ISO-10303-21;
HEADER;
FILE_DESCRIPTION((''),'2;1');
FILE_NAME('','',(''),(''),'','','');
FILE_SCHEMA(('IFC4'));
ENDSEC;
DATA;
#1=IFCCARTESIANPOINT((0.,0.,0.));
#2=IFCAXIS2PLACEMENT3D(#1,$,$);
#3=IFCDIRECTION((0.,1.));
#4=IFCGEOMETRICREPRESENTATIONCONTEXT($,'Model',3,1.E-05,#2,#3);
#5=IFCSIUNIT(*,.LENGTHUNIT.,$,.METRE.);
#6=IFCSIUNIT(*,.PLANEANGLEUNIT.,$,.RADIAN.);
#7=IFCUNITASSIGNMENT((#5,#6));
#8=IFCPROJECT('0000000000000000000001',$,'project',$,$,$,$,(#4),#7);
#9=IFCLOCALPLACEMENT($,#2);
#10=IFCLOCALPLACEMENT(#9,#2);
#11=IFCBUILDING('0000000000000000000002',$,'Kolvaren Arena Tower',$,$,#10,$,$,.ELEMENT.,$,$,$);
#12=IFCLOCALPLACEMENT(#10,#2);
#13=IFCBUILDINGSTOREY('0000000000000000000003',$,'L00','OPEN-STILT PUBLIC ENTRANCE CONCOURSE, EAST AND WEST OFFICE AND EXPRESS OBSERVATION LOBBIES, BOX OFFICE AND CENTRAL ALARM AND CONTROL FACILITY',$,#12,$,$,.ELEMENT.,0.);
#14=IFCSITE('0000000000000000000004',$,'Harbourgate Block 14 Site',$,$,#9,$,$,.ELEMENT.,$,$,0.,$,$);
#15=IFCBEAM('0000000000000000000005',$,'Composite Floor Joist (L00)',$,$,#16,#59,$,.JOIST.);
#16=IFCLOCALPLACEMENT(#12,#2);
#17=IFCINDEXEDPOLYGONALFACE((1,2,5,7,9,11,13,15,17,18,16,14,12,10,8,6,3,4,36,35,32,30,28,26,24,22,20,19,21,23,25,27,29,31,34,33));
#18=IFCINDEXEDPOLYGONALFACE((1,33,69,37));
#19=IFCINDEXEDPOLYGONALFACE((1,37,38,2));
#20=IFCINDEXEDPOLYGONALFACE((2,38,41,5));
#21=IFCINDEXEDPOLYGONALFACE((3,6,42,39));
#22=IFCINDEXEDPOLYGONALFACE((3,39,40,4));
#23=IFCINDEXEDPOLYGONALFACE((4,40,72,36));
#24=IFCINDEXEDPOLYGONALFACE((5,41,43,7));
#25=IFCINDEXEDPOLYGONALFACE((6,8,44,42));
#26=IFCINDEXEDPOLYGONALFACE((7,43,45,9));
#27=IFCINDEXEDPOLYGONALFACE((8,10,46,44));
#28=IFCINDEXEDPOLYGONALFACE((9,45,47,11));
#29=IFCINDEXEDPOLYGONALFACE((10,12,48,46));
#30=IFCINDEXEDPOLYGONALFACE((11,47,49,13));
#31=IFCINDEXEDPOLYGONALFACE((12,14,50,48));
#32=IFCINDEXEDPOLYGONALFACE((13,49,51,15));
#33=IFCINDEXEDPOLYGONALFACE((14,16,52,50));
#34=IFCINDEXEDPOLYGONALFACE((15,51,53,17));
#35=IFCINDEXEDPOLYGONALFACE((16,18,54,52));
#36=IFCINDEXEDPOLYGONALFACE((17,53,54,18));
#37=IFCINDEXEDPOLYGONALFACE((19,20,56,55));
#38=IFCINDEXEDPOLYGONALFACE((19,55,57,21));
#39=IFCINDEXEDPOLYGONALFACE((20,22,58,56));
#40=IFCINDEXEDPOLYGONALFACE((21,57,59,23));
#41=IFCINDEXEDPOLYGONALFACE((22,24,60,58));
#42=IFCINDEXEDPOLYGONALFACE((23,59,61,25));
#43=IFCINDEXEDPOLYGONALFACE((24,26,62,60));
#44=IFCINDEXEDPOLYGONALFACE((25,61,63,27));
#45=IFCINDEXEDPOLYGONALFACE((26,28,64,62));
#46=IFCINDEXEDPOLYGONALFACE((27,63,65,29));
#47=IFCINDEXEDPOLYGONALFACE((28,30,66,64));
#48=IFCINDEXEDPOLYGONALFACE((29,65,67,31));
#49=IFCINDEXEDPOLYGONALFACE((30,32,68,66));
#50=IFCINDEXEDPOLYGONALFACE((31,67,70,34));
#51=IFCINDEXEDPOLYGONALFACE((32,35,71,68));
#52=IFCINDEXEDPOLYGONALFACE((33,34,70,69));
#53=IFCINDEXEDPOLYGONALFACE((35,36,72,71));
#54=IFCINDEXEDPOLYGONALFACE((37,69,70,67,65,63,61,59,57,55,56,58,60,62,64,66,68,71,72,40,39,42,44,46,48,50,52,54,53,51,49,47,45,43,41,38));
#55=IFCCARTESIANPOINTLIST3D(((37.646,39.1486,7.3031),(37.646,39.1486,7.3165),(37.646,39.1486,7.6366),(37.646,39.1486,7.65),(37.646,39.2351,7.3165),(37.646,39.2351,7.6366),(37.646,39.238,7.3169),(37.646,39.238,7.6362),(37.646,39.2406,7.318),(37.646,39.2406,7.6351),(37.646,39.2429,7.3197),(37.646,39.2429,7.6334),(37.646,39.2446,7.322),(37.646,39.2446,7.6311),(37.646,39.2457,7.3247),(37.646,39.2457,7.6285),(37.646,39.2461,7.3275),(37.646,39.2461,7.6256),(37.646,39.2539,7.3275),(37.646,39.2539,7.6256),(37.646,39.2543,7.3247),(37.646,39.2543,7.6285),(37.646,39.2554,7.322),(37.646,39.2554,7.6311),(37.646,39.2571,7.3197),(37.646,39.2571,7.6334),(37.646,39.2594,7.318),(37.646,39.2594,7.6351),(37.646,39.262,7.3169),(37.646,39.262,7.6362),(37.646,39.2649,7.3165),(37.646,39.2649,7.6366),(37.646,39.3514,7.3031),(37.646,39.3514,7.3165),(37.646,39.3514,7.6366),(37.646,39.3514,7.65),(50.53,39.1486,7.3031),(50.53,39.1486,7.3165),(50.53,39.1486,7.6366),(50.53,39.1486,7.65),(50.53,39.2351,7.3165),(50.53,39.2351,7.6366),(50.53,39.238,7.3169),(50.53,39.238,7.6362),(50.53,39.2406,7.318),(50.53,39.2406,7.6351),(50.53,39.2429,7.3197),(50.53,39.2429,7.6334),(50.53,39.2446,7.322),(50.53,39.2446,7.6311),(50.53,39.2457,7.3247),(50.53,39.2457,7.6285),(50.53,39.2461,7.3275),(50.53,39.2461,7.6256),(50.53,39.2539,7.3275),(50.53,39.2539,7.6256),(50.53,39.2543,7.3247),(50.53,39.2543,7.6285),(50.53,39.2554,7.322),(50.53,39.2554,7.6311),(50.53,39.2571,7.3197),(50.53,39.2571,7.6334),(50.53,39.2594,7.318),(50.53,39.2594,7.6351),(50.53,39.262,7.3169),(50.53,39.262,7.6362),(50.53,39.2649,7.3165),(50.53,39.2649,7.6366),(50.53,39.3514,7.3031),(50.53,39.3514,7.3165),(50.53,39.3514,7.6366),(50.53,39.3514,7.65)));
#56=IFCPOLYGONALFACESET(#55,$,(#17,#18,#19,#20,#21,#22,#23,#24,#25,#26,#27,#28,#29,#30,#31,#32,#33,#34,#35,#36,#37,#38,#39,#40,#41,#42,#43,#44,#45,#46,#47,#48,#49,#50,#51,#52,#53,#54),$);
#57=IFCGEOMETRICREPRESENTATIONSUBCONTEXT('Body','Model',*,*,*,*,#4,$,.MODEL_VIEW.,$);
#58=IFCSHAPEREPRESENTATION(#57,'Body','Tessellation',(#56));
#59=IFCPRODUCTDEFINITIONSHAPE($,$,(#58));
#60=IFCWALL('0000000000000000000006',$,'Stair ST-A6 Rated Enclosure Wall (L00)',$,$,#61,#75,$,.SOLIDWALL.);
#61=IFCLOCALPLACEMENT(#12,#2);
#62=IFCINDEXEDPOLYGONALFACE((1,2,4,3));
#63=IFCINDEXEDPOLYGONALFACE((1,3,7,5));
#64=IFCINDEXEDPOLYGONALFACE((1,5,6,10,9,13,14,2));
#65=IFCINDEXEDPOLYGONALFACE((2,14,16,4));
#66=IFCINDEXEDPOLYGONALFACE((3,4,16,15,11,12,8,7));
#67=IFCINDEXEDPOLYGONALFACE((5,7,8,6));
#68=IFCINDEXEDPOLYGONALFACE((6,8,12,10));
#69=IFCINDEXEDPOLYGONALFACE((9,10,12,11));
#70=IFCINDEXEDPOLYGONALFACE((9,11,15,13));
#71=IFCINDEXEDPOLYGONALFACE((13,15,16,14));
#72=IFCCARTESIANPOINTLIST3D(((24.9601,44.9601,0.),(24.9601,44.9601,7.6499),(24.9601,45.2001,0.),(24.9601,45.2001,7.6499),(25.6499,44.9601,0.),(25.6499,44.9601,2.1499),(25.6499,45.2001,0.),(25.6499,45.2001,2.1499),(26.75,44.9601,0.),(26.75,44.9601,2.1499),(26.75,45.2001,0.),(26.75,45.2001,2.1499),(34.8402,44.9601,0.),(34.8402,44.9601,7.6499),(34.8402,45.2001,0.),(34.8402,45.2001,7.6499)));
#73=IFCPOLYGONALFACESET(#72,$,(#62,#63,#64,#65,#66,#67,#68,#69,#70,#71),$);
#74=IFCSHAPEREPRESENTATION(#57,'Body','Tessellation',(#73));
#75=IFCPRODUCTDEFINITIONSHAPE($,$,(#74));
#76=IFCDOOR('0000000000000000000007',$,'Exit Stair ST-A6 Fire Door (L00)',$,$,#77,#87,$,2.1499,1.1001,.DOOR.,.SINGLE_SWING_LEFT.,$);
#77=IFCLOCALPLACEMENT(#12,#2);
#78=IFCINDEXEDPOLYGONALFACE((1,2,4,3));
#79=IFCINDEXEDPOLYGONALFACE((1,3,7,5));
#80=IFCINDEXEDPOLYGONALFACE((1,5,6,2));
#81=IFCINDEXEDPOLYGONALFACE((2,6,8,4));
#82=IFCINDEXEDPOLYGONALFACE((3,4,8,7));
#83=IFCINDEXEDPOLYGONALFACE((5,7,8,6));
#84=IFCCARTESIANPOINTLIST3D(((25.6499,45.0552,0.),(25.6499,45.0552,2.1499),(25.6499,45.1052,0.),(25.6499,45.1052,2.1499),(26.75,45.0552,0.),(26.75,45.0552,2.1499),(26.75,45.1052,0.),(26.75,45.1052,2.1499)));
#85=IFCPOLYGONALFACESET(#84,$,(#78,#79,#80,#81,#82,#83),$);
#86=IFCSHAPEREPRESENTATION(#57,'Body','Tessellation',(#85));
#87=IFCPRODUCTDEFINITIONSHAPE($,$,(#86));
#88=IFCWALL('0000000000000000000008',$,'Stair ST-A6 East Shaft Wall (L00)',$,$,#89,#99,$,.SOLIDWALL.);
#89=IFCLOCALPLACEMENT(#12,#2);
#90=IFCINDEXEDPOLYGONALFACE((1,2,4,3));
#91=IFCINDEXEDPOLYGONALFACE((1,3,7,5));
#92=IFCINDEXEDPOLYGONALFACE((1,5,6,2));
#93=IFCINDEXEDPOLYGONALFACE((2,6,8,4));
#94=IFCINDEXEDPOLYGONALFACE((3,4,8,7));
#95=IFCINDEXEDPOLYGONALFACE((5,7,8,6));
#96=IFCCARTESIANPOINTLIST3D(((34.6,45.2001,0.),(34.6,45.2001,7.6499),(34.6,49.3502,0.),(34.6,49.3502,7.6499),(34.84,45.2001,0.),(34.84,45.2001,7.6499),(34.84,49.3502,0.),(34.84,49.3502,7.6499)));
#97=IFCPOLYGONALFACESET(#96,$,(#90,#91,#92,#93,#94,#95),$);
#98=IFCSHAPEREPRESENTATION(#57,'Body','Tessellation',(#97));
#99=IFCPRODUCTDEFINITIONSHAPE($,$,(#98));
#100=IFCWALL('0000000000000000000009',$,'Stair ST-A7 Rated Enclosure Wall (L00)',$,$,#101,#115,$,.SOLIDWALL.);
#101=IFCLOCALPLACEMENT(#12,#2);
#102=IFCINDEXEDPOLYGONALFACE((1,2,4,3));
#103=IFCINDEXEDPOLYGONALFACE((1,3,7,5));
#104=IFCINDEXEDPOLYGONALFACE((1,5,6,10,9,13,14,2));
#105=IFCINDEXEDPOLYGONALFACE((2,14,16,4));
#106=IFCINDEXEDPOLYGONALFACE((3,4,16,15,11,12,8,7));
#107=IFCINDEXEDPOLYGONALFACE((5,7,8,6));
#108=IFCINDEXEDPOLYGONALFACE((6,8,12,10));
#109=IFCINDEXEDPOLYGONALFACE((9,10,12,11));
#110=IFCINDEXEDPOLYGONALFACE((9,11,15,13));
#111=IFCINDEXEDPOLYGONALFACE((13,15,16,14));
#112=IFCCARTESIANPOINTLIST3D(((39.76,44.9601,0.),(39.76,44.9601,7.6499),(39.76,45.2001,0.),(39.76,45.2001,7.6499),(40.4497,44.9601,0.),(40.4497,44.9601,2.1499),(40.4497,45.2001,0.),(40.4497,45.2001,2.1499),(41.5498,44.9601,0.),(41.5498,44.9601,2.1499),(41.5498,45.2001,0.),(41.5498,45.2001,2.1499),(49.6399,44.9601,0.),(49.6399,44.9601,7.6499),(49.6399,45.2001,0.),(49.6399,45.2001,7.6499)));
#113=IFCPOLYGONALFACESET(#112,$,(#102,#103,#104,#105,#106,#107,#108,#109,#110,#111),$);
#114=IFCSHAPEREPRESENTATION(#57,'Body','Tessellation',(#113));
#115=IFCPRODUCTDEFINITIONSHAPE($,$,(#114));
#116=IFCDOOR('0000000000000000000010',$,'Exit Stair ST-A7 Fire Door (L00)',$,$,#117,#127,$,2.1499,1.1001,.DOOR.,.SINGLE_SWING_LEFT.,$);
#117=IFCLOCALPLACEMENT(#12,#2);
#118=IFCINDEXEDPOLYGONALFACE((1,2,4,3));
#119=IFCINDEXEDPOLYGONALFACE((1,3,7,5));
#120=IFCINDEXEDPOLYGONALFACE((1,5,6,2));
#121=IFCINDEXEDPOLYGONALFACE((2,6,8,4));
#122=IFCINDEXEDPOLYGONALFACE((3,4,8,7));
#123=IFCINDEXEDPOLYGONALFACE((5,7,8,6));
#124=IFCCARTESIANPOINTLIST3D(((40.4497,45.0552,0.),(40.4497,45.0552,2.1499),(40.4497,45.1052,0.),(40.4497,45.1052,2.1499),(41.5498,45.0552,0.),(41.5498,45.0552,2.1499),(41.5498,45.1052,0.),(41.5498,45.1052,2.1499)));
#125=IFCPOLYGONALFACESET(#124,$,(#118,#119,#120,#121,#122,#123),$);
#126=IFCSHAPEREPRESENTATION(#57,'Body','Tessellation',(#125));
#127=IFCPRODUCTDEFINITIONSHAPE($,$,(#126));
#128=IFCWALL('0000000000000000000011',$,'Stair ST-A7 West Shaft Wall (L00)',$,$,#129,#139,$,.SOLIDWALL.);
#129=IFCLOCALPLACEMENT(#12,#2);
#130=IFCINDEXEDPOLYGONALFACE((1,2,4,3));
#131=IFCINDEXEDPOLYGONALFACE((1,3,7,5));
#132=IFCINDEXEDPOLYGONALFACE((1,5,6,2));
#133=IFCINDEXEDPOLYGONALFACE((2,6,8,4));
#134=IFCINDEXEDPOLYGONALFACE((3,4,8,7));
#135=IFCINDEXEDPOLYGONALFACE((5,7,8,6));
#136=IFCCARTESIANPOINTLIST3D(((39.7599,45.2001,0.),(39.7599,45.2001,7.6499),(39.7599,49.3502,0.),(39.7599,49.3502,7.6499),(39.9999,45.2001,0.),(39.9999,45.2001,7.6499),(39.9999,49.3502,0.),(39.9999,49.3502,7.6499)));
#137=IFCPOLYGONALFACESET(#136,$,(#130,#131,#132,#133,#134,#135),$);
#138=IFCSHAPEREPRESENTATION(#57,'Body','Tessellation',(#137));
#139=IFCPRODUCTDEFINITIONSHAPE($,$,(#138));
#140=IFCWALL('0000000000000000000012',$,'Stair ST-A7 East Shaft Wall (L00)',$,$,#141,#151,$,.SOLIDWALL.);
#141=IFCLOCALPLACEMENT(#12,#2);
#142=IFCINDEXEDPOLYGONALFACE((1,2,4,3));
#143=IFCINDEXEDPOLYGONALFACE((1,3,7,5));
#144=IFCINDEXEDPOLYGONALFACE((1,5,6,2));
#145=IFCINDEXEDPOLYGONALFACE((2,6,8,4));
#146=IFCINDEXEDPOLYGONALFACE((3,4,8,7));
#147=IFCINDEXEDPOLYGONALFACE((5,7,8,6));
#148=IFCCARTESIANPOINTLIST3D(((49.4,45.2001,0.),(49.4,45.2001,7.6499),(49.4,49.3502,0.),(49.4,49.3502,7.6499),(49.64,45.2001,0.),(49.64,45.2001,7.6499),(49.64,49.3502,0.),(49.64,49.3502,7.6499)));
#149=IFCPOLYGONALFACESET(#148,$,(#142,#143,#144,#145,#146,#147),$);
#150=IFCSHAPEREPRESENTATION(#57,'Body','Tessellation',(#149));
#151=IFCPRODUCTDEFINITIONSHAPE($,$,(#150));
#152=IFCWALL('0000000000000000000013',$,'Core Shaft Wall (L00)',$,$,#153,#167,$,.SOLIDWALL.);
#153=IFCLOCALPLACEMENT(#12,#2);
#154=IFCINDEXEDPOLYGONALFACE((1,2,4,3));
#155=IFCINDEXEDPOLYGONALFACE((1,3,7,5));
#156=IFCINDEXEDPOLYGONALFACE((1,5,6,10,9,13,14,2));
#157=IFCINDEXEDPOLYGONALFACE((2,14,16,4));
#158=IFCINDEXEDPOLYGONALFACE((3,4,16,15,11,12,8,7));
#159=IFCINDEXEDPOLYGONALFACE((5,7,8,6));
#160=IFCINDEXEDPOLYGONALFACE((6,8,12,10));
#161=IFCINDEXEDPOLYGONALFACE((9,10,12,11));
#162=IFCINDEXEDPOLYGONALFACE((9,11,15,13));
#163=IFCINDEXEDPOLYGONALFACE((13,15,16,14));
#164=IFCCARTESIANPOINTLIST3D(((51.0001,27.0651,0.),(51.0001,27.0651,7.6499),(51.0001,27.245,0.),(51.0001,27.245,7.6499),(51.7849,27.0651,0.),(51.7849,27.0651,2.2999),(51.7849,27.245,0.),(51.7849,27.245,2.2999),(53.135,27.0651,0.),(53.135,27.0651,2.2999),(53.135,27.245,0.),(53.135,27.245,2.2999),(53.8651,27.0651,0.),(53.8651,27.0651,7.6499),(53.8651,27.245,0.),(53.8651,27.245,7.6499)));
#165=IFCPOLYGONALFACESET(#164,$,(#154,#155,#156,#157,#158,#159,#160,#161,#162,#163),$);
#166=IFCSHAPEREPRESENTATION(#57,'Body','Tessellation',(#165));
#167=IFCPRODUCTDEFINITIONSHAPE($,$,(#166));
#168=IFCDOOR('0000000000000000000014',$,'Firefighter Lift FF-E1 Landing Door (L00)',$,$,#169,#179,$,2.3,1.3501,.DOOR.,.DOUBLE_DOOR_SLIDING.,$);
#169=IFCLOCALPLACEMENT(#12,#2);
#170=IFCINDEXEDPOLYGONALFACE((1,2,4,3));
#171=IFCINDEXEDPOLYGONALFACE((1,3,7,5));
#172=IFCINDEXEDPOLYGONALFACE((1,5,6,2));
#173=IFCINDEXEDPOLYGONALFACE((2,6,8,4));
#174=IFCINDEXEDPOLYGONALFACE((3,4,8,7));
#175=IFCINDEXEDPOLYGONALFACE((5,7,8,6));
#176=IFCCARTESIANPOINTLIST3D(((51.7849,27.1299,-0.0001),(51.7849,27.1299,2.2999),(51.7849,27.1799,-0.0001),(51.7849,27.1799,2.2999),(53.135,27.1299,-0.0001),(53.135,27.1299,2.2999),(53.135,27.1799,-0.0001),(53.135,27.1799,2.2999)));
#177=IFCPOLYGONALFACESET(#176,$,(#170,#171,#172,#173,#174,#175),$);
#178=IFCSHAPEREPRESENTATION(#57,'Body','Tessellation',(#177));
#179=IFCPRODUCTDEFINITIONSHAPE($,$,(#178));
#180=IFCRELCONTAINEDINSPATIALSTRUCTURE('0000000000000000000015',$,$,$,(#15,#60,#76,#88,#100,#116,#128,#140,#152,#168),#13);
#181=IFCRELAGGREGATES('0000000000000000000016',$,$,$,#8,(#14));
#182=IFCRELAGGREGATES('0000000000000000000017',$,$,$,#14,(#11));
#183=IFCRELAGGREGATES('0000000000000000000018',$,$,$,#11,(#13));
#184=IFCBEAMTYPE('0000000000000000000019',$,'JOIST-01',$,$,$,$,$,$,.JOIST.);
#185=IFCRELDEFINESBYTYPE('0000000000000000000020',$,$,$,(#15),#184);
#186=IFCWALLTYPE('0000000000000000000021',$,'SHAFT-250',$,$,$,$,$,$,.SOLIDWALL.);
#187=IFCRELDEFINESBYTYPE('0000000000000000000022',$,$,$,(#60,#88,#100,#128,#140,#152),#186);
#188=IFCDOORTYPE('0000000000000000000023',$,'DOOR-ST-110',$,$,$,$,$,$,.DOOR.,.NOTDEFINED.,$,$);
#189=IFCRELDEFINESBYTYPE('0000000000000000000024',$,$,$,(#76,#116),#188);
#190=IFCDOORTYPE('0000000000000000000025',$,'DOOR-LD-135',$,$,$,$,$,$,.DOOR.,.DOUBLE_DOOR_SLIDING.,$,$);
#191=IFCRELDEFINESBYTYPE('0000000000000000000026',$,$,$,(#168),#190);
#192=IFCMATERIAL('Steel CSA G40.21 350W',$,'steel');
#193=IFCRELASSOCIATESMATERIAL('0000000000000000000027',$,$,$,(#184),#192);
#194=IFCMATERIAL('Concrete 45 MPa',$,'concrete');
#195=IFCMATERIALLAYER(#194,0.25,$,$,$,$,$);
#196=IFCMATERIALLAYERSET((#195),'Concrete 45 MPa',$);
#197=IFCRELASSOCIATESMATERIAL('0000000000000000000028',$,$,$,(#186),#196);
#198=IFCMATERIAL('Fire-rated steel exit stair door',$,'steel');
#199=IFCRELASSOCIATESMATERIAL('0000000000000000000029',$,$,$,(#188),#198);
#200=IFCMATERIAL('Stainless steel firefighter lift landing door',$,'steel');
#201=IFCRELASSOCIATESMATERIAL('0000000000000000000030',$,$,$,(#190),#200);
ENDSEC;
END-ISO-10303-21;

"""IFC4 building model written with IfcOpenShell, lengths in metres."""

from ifc_helpers import new_model, si_unit, direction, frame, frame_2d, origin, origin_2d, place, context, subcontext, project, spatial, rectangle, i_section, extrude, material, layer, layer_set, material_profile, profile_set, type_object, element, fill, save


model = new_model("IFC4")

# Units and contexts
model_context = context("Model", 3, precision=1e-05, world=origin(), true_north=direction((0.0, 1.0)))
body_context = subcontext(model_context, "Body", "Model", "MODEL_VIEW")
ifc_project = project(units=[si_unit("LENGTHUNIT", "METRE"), si_unit("PLANEANGLEUNIT", "RADIAN")], contexts=[model_context])

# Site, building, storey
site_placement = place(None, origin())
site = spatial("IfcSite", under=ifc_project, at=site_placement, Name="Harbourgate Block 14 Site", CompositionType="ELEMENT", RefElevation=0.0)
building_placement = place(site_placement, origin())
building = spatial("IfcBuilding", under=site, at=building_placement, Name="Kolvaren Arena Tower", CompositionType="ELEMENT")
storey_placement = place(building_placement, origin())
storey = spatial("IfcBuildingStorey", under=building, at=storey_placement, Name="L00", Description="OPEN-STILT PUBLIC ENTRANCE CONCOURSE, EAST AND WEST OFFICE AND EXPRESS OBSERVATION LOBBIES, BOX OFFICE AND CENTRAL ALARM AND CONTROL FACILITY", CompositionType="ELEMENT", Elevation=0.0)

# Beam
ifc_material_1 = material(Name="Steel CSA G40.21 350W", Category="steel")
ifc_material_profile_1 = material_profile(ifc_material_1, i_section(OverallWidth=0.2029, OverallDepth=0.3469, WebThickness=0.0078, FlangeThickness=0.0134, FilletRadius=0.011, at=origin_2d()), Name="W360x64")
ifc_profile_set_1 = profile_set([ifc_material_profile_1], Name="Steel CSA G40.21 350W")
beam_type_1 = type_object("IfcBeamType", Name="JOIST-01", PredefinedType="JOIST", material=ifc_profile_set_1)
beam_1_placement = place(storey_placement, frame((37.646, 39.25, 7.4766), z_axis=(1.0, 0.0, 0.0), x_axis=(0.0, 1.0, 0.0)))
element("IfcBeam", 1, at=beam_1_placement, inside=storey, type_object=beam_type_1, Name="Composite Floor Joist (L00)", PredefinedType="JOIST", context=body_context, shape_type="SweptSolid", body=[
    extrude(i_section(OverallWidth=0.2029, OverallDepth=0.3469, WebThickness=0.0078, FlangeThickness=0.0134, FilletRadius=0.011, at=origin_2d()), origin(), (0.0, 0.0, 1.0), 12.884),
])

# Wall, opening, door
ifc_material_2 = material(Name="Concrete 45 MPa", Category="concrete")
ifc_layer = layer(ifc_material_2, 0.25)
ifc_layer_set = layer_set([ifc_layer], Name="Concrete 45 MPa")
wall_type = type_object("IfcWallType", Name="SHAFT-250", PredefinedType="SOLIDWALL", material=ifc_layer_set)
wall_1_placement = place(storey_placement, frame((34.8401, 45.0801, 0.0), z_axis=(0.0, 0.0, 1.0), x_axis=(-1.0, 0.0, 0.0)))
wall_1 = element("IfcWall", 2, at=wall_1_placement, inside=storey, type_object=wall_type, Name="Stair ST-A6 Rated Enclosure Wall (L00)", PredefinedType="SOLIDWALL", context=body_context, shape_type="SweptSolid", body=[
    extrude(rectangle(XDim=9.8801, YDim=0.24, at=frame_2d((4.9399, 0.0))), origin(), (0.0, 0.0, 1.0), 7.6499),
])
opening_1_placement = place(wall_1_placement, frame((8.0901, 0.0, 0.0)))
opening_1 = element("IfcOpeningElement", 3, at=opening_1_placement, cuts=wall_1, PredefinedType="OPENING", context=body_context, shape_type="SweptSolid", body=[
    extrude(rectangle(XDim=1.1001, YDim=2.1499, at=frame_2d((0.55, 1.075))), frame((0.0, 0.1299, 0.0), z_axis=(0.0, -1.0, 0.0), x_axis=(1.0, 0.0, 0.0)), (0.0, 0.0, 1.0), 0.26),
])
ifc_material_3 = material(Name="Fire-rated steel exit stair door", Category="steel")
door_type_1 = type_object("IfcDoorType", Name="DOOR-ST-110", OperationType="NOTDEFINED", PredefinedType="DOOR", material=ifc_material_3)
door_1_placement = place(opening_1_placement, origin())
door_1 = element("IfcDoor", 4, at=door_1_placement, inside=storey, type_object=door_type_1, Name="Exit Stair ST-A6 Fire Door (L00)", OperationType="SINGLE_SWING_LEFT", OverallHeight=2.1499, OverallWidth=1.1001, PredefinedType="DOOR", context=body_context, shape_type="SweptSolid", body=[
    extrude(rectangle(XDim=1.1001, YDim=2.1499, at=frame_2d((0.55, 1.075))), frame((0.0, 0.0249, 0.0), z_axis=(0.0, -1.0, 0.0), x_axis=(1.0, 0.0, 0.0)), (0.0, 0.0, 1.0), 0.05),
])
fill(opening_1, door_1)

# Wall
wall_2_placement = place(storey_placement, frame((34.72, 45.2, 0.0), z_axis=(0.0, 0.0, 1.0), x_axis=(0.0, 1.0, 0.0)))
element("IfcWall", 5, at=wall_2_placement, inside=storey, type_object=wall_type, Name="Stair ST-A6 East Shaft Wall (L00)", PredefinedType="SOLIDWALL", context=body_context, shape_type="SweptSolid", body=[
    extrude(rectangle(XDim=4.1501, YDim=0.24, at=frame_2d((2.0752, 0.0))), origin(), (0.0, 0.0, 1.0), 7.6499),
])

# Wall, opening, door
wall_3_placement = place(storey_placement, frame((49.6399, 45.0801, 0.0), z_axis=(0.0, 0.0, 1.0), x_axis=(-1.0, 0.0, 0.0)))
wall_3 = element("IfcWall", 6, at=wall_3_placement, inside=storey, type_object=wall_type, Name="Stair ST-A7 Rated Enclosure Wall (L00)", PredefinedType="SOLIDWALL", context=body_context, shape_type="SweptSolid", body=[
    extrude(rectangle(XDim=9.8799, YDim=0.24, at=frame_2d((4.9399, 0.0))), origin(), (0.0, 0.0, 1.0), 7.6499),
])
opening_2_placement = place(wall_3_placement, frame((8.0901, 0.0, 0.0)))
opening_2 = element("IfcOpeningElement", 7, at=opening_2_placement, cuts=wall_3, PredefinedType="OPENING", context=body_context, shape_type="SweptSolid", body=[
    extrude(rectangle(XDim=1.1001, YDim=2.1499, at=frame_2d((0.55, 1.075))), frame((0.0, 0.1299, 0.0), z_axis=(0.0, -1.0, 0.0), x_axis=(1.0, 0.0, 0.0)), (0.0, 0.0, 1.0), 0.26),
])
door_2_placement = place(opening_2_placement, origin())
door_2 = element("IfcDoor", 8, at=door_2_placement, inside=storey, type_object=door_type_1, Name="Exit Stair ST-A7 Fire Door (L00)", OperationType="SINGLE_SWING_LEFT", OverallHeight=2.1499, OverallWidth=1.1001, PredefinedType="DOOR", context=body_context, shape_type="SweptSolid", body=[
    extrude(rectangle(XDim=1.1001, YDim=2.1499, at=frame_2d((0.55, 1.075))), frame((0.0, 0.0249, 0.0), z_axis=(0.0, -1.0, 0.0), x_axis=(1.0, 0.0, 0.0)), (0.0, 0.0, 1.0), 0.05),
])
fill(opening_2, door_2)

# Walls
for number, where, z_axis, x_axis, name in (
    (9, (39.8799, 45.2, 0.0), (0.0, 0.0, 1.0), (0.0, 1.0, 0.0), "Stair ST-A7 West Shaft Wall (L00)"),
    (10, (49.52, 45.2, 0.0), (0.0, 0.0, 1.0), (0.0, 1.0, 0.0), "Stair ST-A7 East Shaft Wall (L00)"),
):
    element("IfcWall", number, at=place(storey_placement, frame(where, z_axis=z_axis, x_axis=x_axis)), inside=storey, type_object=wall_type, Name=name, PredefinedType="SOLIDWALL", context=body_context, shape_type="SweptSolid", body=[
        extrude(rectangle(XDim=4.1501, YDim=0.24, at=frame_2d((2.0752, 0.0))), origin(), (0.0, 0.0, 1.0), 7.6499),
    ])

# Wall, opening, door
wall_4_placement = place(storey_placement, frame((51.0, 27.155, 0.0), z_axis=(0.0, 0.0, 1.0), x_axis=(1.0, 0.0, 0.0)))
wall_4 = element("IfcWall", 11, at=wall_4_placement, inside=storey, type_object=wall_type, Name="Core Shaft Wall (L00)", PredefinedType="SOLIDWALL", context=body_context, shape_type="SweptSolid", body=[
    extrude(rectangle(XDim=2.865, YDim=0.1799, at=frame_2d((1.4326, 0.0))), origin(), (0.0, 0.0, 1.0), 7.6499),
])
opening_3_placement = place(wall_4_placement, frame((0.7849, 0.0, 0.0)))
opening_3 = element("IfcOpeningElement", 12, at=opening_3_placement, cuts=wall_4, PredefinedType="OPENING", context=body_context, shape_type="SweptSolid", body=[
    extrude(rectangle(XDim=1.3501, YDim=2.3, at=frame_2d((0.675, 1.1499))), frame((0.0, 0.0999, 0.0), z_axis=(0.0, -1.0, 0.0), x_axis=(1.0, 0.0, 0.0)), (0.0, 0.0, 1.0), 0.2),
])
ifc_material_4 = material(Name="Stainless steel firefighter lift landing door", Category="steel")
door_type_2 = type_object("IfcDoorType", Name="DOOR-LD-135", OperationType="DOUBLE_DOOR_SLIDING", PredefinedType="DOOR", material=ifc_material_4)
door_3_placement = place(opening_3_placement, origin())
door_3 = element("IfcDoor", 13, at=door_3_placement, inside=storey, type_object=door_type_2, Name="Firefighter Lift FF-E1 Landing Door (L00)", OperationType="DOUBLE_DOOR_SLIDING", OverallHeight=2.3, OverallWidth=1.3501, PredefinedType="DOOR", context=body_context, shape_type="SweptSolid", body=[
    extrude(rectangle(XDim=1.3501, YDim=2.3, at=frame_2d((0.675, 1.1499))), frame((0.0, 0.0249, 0.0), z_axis=(0.0, -1.0, 0.0), x_axis=(1.0, 0.0, 0.0)), (0.0, 0.0, 1.0), 0.05),
])
fill(opening_3, door_3)

save(model, "model.ifc")
